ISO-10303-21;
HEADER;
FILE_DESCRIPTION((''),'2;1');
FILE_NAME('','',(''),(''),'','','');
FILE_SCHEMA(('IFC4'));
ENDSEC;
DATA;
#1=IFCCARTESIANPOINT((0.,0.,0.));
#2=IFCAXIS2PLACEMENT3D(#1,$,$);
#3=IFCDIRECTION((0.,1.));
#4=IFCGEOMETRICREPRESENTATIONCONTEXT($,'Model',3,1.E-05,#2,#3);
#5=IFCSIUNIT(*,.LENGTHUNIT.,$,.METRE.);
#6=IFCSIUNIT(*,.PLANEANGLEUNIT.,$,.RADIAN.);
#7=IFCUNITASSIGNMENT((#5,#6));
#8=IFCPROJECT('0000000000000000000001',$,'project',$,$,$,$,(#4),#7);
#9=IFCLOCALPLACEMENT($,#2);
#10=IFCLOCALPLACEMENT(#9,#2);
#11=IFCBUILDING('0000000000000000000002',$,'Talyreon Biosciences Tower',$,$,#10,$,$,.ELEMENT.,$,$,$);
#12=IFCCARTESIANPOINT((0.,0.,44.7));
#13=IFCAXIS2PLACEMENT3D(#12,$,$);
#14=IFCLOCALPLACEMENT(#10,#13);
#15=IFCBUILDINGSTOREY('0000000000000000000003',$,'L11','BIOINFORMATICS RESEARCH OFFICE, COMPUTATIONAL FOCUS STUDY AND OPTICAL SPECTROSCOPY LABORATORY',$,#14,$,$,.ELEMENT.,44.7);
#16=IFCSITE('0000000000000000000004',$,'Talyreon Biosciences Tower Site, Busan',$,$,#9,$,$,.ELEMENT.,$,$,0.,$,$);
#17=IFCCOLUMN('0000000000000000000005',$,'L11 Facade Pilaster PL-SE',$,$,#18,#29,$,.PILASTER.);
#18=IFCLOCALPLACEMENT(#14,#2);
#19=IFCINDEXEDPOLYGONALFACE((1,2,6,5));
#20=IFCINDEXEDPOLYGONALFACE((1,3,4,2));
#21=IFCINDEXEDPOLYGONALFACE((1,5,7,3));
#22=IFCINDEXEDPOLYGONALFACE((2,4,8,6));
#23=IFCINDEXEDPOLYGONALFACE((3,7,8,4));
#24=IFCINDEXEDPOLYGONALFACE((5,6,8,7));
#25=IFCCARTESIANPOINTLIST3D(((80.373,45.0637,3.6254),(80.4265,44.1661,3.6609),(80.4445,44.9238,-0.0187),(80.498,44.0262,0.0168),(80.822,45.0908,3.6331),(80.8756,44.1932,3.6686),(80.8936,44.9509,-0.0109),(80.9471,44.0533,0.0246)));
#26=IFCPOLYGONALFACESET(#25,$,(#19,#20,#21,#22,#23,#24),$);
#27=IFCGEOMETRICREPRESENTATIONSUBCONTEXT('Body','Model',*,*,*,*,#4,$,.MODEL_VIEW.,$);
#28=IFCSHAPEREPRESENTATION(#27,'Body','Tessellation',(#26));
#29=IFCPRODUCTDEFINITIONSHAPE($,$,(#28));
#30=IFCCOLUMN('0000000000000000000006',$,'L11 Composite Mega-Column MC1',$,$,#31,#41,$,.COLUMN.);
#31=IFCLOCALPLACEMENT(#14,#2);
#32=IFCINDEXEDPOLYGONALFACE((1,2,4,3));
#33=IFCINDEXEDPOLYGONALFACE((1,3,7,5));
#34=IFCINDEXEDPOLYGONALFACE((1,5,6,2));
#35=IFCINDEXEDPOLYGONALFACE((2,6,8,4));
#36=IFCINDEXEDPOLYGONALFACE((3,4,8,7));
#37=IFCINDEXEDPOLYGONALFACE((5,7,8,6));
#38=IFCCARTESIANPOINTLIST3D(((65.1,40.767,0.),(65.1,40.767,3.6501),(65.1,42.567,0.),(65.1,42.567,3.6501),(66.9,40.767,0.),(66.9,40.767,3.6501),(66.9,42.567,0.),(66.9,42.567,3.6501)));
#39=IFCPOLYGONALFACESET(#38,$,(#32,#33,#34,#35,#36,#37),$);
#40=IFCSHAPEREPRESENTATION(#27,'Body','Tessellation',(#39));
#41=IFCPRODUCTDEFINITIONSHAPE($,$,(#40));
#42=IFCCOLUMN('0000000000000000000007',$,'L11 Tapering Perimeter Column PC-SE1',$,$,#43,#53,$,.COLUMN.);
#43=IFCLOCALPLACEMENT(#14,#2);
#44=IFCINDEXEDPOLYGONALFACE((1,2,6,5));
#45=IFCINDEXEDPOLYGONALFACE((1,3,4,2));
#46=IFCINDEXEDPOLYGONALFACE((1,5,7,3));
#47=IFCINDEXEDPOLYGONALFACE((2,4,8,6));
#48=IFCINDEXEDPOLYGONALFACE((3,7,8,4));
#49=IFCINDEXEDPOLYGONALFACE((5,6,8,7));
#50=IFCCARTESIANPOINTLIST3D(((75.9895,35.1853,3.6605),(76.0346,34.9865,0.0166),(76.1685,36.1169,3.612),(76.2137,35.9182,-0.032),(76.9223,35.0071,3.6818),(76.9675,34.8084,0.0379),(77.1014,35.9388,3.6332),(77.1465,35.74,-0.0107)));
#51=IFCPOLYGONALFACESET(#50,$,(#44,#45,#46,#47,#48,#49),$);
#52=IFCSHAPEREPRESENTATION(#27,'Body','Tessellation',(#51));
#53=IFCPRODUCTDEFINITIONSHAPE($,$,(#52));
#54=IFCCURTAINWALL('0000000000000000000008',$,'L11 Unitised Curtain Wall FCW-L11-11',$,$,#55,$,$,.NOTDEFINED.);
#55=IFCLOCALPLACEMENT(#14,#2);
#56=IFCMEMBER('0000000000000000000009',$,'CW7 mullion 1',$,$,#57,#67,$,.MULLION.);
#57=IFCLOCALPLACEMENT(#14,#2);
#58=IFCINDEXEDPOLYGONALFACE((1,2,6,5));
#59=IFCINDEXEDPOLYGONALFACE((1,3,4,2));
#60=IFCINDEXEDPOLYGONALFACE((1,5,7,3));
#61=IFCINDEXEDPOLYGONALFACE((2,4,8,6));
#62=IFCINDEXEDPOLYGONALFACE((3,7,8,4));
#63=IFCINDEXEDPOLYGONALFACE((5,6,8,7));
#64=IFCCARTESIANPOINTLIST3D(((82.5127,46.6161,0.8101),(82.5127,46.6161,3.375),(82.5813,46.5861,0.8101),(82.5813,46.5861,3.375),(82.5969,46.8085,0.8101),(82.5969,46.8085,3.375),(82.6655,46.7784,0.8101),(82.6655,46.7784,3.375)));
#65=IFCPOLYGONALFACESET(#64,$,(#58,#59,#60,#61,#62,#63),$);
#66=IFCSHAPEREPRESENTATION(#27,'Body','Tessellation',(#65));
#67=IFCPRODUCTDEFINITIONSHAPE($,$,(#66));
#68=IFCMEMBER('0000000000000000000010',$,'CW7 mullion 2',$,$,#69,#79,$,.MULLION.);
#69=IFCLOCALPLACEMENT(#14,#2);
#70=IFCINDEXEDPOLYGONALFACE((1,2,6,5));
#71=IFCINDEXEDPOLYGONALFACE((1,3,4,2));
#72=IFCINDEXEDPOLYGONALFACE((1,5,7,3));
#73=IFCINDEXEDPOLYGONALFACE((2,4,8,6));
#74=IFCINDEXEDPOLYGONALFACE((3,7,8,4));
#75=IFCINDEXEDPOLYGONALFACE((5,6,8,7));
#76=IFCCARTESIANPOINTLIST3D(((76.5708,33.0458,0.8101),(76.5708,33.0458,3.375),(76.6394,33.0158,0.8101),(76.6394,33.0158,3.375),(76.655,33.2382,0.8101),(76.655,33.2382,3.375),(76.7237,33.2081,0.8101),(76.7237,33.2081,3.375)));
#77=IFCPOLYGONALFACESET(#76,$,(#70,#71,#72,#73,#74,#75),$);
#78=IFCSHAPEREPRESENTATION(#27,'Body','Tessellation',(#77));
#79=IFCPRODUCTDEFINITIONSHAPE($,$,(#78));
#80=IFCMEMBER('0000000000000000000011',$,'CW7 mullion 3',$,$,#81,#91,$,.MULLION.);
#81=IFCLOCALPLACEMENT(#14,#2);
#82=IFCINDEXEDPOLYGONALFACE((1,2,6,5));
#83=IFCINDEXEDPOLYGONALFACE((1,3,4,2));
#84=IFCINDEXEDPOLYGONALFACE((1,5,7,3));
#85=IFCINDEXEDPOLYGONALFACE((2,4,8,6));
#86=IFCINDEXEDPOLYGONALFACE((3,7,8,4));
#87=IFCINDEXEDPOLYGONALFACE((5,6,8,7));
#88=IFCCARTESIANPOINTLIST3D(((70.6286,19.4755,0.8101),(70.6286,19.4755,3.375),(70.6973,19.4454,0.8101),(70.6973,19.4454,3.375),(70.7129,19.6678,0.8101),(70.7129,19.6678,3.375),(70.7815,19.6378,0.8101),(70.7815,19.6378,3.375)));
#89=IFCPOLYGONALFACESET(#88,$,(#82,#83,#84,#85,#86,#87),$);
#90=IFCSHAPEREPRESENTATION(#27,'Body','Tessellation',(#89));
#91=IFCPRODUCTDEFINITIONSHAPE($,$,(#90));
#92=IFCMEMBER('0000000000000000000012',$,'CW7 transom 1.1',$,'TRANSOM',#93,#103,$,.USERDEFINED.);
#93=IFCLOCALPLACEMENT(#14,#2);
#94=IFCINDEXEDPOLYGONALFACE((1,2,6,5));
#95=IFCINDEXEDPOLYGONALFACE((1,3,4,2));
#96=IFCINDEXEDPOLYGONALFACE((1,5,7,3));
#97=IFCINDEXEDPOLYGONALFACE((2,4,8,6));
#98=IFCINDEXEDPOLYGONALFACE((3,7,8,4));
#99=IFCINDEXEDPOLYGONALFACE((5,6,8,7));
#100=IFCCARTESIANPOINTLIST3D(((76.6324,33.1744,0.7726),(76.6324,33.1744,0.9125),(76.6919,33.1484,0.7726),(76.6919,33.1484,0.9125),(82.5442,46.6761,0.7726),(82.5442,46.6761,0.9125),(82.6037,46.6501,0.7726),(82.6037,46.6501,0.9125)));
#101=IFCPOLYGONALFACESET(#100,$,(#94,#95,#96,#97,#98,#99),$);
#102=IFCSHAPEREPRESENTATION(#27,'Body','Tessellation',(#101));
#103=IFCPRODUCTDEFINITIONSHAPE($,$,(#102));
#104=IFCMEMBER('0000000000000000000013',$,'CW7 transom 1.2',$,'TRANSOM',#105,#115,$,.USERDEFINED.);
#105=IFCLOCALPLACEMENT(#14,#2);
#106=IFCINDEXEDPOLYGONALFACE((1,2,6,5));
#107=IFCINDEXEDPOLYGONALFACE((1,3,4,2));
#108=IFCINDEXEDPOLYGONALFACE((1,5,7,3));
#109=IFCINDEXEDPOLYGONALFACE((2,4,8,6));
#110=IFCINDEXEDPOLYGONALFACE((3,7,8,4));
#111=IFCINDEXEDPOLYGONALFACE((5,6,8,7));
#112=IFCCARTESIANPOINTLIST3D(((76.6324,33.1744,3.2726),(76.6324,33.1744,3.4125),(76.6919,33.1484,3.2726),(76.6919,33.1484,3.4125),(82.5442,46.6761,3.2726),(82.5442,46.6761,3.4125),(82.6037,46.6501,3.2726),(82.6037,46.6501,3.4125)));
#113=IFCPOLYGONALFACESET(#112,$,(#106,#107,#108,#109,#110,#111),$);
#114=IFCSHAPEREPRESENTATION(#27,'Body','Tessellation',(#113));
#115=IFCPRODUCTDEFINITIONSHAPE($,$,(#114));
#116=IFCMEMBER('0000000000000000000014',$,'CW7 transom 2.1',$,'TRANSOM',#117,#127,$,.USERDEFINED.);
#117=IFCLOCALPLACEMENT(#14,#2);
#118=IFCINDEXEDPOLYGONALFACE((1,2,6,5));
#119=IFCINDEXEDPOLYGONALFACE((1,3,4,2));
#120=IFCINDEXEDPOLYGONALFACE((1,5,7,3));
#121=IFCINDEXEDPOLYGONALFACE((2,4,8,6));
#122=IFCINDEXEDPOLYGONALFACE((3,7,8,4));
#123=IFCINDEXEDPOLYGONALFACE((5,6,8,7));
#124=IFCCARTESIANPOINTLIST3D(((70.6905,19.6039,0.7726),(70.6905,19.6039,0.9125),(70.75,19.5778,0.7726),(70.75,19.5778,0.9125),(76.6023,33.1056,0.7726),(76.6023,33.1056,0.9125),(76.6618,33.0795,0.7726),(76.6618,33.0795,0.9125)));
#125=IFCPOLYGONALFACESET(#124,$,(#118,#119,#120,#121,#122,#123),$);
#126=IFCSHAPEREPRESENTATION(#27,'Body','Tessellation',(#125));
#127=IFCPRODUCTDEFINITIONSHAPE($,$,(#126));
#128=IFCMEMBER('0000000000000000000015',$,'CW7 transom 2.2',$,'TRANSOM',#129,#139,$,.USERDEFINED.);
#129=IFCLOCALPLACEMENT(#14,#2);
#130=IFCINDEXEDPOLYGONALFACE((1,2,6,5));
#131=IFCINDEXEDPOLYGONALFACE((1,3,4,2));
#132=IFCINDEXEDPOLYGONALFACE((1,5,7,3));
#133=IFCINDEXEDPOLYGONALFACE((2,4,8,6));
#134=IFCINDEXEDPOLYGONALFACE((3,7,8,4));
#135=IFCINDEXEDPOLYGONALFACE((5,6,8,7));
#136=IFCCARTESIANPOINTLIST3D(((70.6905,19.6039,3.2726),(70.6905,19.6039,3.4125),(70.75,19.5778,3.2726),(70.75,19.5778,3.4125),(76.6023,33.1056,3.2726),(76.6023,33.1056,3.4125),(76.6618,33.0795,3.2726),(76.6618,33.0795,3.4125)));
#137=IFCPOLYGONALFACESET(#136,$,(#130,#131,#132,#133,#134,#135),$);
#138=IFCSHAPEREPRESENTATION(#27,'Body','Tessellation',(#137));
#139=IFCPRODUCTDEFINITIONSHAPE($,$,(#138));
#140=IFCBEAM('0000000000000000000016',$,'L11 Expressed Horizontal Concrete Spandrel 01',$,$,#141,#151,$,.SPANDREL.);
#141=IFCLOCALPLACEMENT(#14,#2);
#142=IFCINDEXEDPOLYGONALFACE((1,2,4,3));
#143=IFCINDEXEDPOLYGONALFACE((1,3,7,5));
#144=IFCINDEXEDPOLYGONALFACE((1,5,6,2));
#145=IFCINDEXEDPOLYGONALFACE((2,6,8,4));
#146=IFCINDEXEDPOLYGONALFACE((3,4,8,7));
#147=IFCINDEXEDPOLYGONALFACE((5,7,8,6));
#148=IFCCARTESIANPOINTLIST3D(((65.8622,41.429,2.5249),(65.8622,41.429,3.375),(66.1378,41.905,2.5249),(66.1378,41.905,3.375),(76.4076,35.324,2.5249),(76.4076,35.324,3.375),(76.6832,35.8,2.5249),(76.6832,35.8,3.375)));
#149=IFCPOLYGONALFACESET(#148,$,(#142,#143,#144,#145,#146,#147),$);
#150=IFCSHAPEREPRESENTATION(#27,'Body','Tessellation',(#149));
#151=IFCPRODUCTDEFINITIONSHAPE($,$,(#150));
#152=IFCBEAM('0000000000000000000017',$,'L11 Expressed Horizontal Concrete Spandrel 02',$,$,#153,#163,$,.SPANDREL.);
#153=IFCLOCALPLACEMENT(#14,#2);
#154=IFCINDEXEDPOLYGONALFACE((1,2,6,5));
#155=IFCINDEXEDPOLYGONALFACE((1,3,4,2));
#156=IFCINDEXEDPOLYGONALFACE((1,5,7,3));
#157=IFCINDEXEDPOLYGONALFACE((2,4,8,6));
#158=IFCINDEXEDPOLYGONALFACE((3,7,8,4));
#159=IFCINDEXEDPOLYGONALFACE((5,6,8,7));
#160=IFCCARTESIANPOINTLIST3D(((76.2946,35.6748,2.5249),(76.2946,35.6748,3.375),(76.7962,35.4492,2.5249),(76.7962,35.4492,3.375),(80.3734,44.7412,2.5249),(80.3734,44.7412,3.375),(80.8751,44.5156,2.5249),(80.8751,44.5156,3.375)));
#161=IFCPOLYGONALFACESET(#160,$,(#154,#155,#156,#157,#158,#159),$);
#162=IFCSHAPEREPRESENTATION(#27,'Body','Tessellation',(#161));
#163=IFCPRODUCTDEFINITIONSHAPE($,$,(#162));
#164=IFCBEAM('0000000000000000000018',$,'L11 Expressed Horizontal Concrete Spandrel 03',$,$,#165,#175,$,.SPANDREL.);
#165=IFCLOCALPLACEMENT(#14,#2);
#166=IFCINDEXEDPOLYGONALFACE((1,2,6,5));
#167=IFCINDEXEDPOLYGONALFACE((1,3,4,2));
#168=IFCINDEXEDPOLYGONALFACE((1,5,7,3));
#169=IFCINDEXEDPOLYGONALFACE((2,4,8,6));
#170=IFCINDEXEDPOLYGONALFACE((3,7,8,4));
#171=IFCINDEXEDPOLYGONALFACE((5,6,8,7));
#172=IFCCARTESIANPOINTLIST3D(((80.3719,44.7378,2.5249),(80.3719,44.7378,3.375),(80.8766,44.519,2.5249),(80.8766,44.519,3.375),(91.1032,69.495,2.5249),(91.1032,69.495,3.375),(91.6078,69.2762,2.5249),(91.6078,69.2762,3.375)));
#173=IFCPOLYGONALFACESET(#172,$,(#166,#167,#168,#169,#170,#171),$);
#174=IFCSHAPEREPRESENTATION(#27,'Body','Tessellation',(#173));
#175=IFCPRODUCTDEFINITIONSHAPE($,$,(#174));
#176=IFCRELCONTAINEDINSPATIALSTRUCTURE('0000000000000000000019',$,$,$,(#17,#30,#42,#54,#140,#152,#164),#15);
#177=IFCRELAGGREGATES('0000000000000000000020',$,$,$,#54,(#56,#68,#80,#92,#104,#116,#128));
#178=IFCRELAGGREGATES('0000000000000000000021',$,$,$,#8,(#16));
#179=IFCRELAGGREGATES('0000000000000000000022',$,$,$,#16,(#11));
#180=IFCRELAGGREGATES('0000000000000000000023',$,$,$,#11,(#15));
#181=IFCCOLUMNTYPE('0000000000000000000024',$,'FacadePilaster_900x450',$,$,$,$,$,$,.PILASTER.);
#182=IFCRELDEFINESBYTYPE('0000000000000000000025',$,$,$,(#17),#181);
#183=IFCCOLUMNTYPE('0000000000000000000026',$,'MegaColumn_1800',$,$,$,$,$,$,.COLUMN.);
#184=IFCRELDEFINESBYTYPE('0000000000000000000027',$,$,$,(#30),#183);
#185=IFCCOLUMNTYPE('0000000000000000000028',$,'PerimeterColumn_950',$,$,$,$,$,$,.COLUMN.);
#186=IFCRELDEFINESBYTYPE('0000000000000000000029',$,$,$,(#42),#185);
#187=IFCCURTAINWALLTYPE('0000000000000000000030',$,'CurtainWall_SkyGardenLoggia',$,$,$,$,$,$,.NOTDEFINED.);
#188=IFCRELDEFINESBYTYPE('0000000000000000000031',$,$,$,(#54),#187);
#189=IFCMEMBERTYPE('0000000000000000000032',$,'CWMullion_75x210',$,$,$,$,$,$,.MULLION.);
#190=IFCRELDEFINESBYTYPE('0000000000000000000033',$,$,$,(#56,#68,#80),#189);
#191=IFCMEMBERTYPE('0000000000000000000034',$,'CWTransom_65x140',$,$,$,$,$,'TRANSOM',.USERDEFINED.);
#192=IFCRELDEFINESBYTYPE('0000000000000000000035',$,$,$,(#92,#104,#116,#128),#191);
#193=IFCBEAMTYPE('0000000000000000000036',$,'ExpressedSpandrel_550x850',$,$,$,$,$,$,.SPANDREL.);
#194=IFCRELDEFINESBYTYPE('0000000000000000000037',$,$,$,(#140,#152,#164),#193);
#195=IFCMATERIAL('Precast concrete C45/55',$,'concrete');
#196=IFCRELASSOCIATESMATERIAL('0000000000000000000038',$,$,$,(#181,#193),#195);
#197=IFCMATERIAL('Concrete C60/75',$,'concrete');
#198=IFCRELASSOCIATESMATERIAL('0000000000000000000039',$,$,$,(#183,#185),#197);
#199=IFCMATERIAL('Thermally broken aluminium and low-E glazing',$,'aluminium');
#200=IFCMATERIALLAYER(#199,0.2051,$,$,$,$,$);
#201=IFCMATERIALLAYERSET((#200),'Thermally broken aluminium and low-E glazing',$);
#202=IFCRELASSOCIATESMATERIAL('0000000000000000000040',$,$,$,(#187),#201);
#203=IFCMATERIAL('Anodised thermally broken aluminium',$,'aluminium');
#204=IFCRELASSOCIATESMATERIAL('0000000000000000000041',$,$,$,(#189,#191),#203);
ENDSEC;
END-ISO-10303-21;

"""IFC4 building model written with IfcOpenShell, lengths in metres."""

from ifc_helpers import new_model, si_unit, direction, frame, origin, origin_2d, place, context, subcontext, project, spatial, rectangle, extrude, material, layer, layer_set, material_profile, profile_set, type_object, element, aggregate, save


model = new_model("IFC4")

# Units and contexts
model_context = context("Model", 3, precision=1e-05, world=origin(), true_north=direction((0.0, 1.0)))
body_context = subcontext(model_context, "Body", "Model", "MODEL_VIEW")
ifc_project = project(units=[si_unit("LENGTHUNIT", "METRE"), si_unit("PLANEANGLEUNIT", "RADIAN")], contexts=[model_context])

# Site, building, storey
site_placement = place(None, origin())
site = spatial("IfcSite", under=ifc_project, at=site_placement, Name="Talyreon Biosciences Tower Site, Busan", CompositionType="ELEMENT", RefElevation=0.0)
building_placement = place(site_placement, origin())
building = spatial("IfcBuilding", under=site, at=building_placement, Name="Talyreon Biosciences Tower", CompositionType="ELEMENT")
storey_placement = place(building_placement, frame((0.0, 0.0, 44.7)))
storey = spatial("IfcBuildingStorey", under=building, at=storey_placement, Name="L11", Description="BIOINFORMATICS RESEARCH OFFICE, COMPUTATIONAL FOCUS STUDY AND OPTICAL SPECTROSCOPY LABORATORY", CompositionType="ELEMENT", Elevation=44.7)

# Columns
ifc_material_1 = material(Name="Precast concrete C45/55", Category="concrete")
ifc_material_profile_1 = material_profile(ifc_material_1, rectangle(XDim=0.8999, YDim=0.45, at=origin_2d()), Name="RC 900x450")
ifc_profile_set_1 = profile_set([ifc_material_profile_1], Name="Precast concrete C45/55")
column_type_1 = type_object("IfcColumnType", Name="FacadePilaster_900x450", PredefinedType="PILASTER", material=ifc_profile_set_1)
column_1_placement = place(storey_placement, frame((80.6958, 44.4885, 0.0029), z_axis=(-0.019612, 0.038354, 0.999072), x_axis=(0.059488, -0.997449, 0.039459)))
element("IfcColumn", 1, at=column_1_placement, inside=storey, type_object=column_type_1, Name="L11 Facade Pilaster PL-SE", PredefinedType="PILASTER", context=body_context, shape_type="SweptSolid", body=[
    extrude(rectangle(XDim=0.8999, YDim=0.45, at=origin_2d()), origin(), (0.0, 0.0, 1.0), 3.6475),
])
ifc_material_2 = material(Name="Concrete C60/75", Category="concrete")
ifc_material_profile_2 = material_profile(ifc_material_2, rectangle(XDim=1.8, YDim=1.8, at=origin_2d()), Name="RC 1800x1800")
ifc_profile_set_2 = profile_set([ifc_material_profile_2], Name="Concrete C60/75")
column_type_2 = type_object("IfcColumnType", Name="MegaColumn_1800", PredefinedType="COLUMN", material=ifc_profile_set_2)
column_2_placement = place(storey_placement, frame((66.0, 41.667, 0.0), z_axis=(0.0, 0.0, 1.0), x_axis=(1.0, 0.0, 0.0)))
element("IfcColumn", 2, at=column_2_placement, inside=storey, type_object=column_type_2, Name="L11 Composite Mega-Column MC1", PredefinedType="COLUMN", context=body_context, shape_type="SweptSolid", body=[
    extrude(rectangle(XDim=1.8, YDim=1.8, at=origin_2d()), origin(), (0.0, 0.0, 1.0), 3.6501),
])
ifc_material_profile_3 = material_profile(ifc_material_2, rectangle(XDim=0.95, YDim=0.95, at=origin_2d()), Name="RC 950x950")
ifc_profile_set_3 = profile_set([ifc_material_profile_3], Name="Concrete C60/75")
column_type_3 = type_object("IfcColumnType", Name="PerimeterColumn_950", PredefinedType="COLUMN", material=ifc_profile_set_3)
column_3_placement = place(storey_placement, frame((76.5906, 35.3633, 0.0029), z_axis=(-0.012375, 0.054451, 0.99844), x_axis=(-0.188482, -0.980744, 0.051149)))
element("IfcColumn", 3, at=column_3_placement, inside=storey, type_object=column_type_3, Name="L11 Tapering Perimeter Column PC-SE1", PredefinedType="COLUMN", context=body_context, shape_type="SweptSolid", body=[
    extrude(rectangle(XDim=0.95, YDim=0.95, at=origin_2d()), origin(), (0.0, 0.0, 1.0), 3.6497),
])

# Curtain wall, members
ifc_material_3 = material(Name="Thermally broken aluminium and low-E glazing", Category="aluminium")
ifc_layer_1 = layer(ifc_material_3, 0.2051)
ifc_layer_set_1 = layer_set([ifc_layer_1], Name="Thermally broken aluminium and low-E glazing")
curtain_wall_type = type_object("IfcCurtainWallType", Name="CurtainWall_SkyGardenLoggia", PredefinedType="NOTDEFINED", material=ifc_layer_set_1)
curtain_wall_placement = place(storey_placement, origin())
curtain_wall = element("IfcCurtainWall", 4, at=curtain_wall_placement, inside=storey, type_object=curtain_wall_type, Name="L11 Unitised Curtain Wall FCW-L11-11", PredefinedType="NOTDEFINED")
ifc_material_4 = material(Name="Anodised thermally broken aluminium", Category="aluminium")
ifc_material_profile_4 = material_profile(ifc_material_4, rectangle(XDim=0.075, YDim=0.21, at=origin_2d()), Name="ALUM MULLION 75x210")
ifc_profile_set_4 = profile_set([ifc_material_profile_4], Name="Anodised thermally broken aluminium")
member_type_1 = type_object("IfcMemberType", Name="CWMullion_75x210", PredefinedType="MULLION", material=ifc_profile_set_4)
member_1_placement = place(storey_placement, frame((82.5891, 46.6973, 0.8101), z_axis=(0.0, 0.0, 1.0), x_axis=(0.916036, -0.401097, 0.0)))
member_1 = element("IfcMember", 5, at=member_1_placement, type_object=member_type_1, Name="CW7 mullion 1", PredefinedType="MULLION", context=body_context, shape_type="SweptSolid", body=[
    extrude(rectangle(XDim=0.075, YDim=0.21, at=origin_2d()), origin(), (0.0, 0.0, 1.0), 2.5649),
])
member_2_placement = place(storey_placement, frame((76.6472, 33.127, 0.8101), z_axis=(0.0, 0.0, 1.0), x_axis=(0.916036, -0.401097, 0.0)))
member_2 = element("IfcMember", 6, at=member_2_placement, type_object=member_type_1, Name="CW7 mullion 2", PredefinedType="MULLION", context=body_context, shape_type="SweptSolid", body=[
    extrude(rectangle(XDim=0.075, YDim=0.21, at=origin_2d()), origin(), (0.0, 0.0, 1.0), 2.5649),
])
member_3_placement = place(storey_placement, frame((70.7051, 19.5566, 0.8101), z_axis=(0.0, 0.0, 1.0), x_axis=(0.916036, -0.401097, 0.0)))
member_3 = element("IfcMember", 7, at=member_3_placement, type_object=member_type_1, Name="CW7 mullion 3", PredefinedType="MULLION", context=body_context, shape_type="SweptSolid", body=[
    extrude(rectangle(XDim=0.075, YDim=0.21, at=origin_2d()), origin(), (0.0, 0.0, 1.0), 2.5649),
])
ifc_material_profile_5 = material_profile(ifc_material_4, rectangle(XDim=0.0649, YDim=0.1399, at=origin_2d()), Name="ALUM TRANSOM 65x140")
ifc_profile_set_5 = profile_set([ifc_material_profile_5], Name="Anodised thermally broken aluminium")
member_type_2 = type_object("IfcMemberType", Name="CWTransom_65x140", ElementType="TRANSOM", PredefinedType="USERDEFINED", material=ifc_profile_set_5)
member_4_placement = place(storey_placement, frame((82.574, 46.6631, 0.8425), z_axis=(-0.401096, -0.916036, 0.0), x_axis=(0.916036, -0.401096, 0.0)))
member_4 = element("IfcMember", 8, at=member_4_placement, type_object=member_type_2, Name="CW7 transom 1.1", ObjectType="TRANSOM", PredefinedType="USERDEFINED", context=body_context, shape_type="SweptSolid", body=[
    extrude(rectangle(XDim=0.0649, YDim=0.1399, at=origin_2d()), origin(), (0.0, 0.0, 1.0), 14.7393),
])
member_5_placement = place(storey_placement, frame((82.574, 46.6631, 3.3425), z_axis=(-0.401096, -0.916036, 0.0), x_axis=(0.916036, -0.401096, 0.0)))
member_5 = element("IfcMember", 9, at=member_5_placement, type_object=member_type_2, Name="CW7 transom 1.2", ObjectType="TRANSOM", PredefinedType="USERDEFINED", context=body_context, shape_type="SweptSolid", body=[
    extrude(rectangle(XDim=0.0649, YDim=0.1399, at=origin_2d()), origin(), (0.0, 0.0, 1.0), 14.7393),
])
member_6_placement = place(storey_placement, frame((76.6321, 33.0925, 0.8425), z_axis=(-0.401096, -0.916036, 0.0), x_axis=(0.916036, -0.401096, 0.0)))
member_6 = element("IfcMember", 10, at=member_6_placement, type_object=member_type_2, Name="CW7 transom 2.1", ObjectType="TRANSOM", PredefinedType="USERDEFINED", context=body_context, shape_type="SweptSolid", body=[
    extrude(rectangle(XDim=0.0649, YDim=0.1399, at=origin_2d()), origin(), (0.0, 0.0, 1.0), 14.7393),
])
member_7_placement = place(storey_placement, frame((76.6321, 33.0925, 3.3425), z_axis=(-0.401096, -0.916036, 0.0), x_axis=(0.916036, -0.401096, 0.0)))
member_7 = element("IfcMember", 11, at=member_7_placement, type_object=member_type_2, Name="CW7 transom 2.2", ObjectType="TRANSOM", PredefinedType="USERDEFINED", context=body_context, shape_type="SweptSolid", body=[
    extrude(rectangle(XDim=0.0649, YDim=0.1399, at=origin_2d()), origin(), (0.0, 0.0, 1.0), 14.7393),
])

# Beams
ifc_material_profile_6 = material_profile(ifc_material_1, rectangle(XDim=0.55, YDim=0.8501, at=origin_2d()), Name="RCB 550x850")
ifc_profile_set_6 = profile_set([ifc_material_profile_6], Name="Precast concrete C45/55")
beam_type_1 = type_object("IfcBeamType", Name="ExpressedSpandrel_550x850", PredefinedType="SPANDREL", material=ifc_profile_set_6)
beam_1_placement = place(storey_placement, frame((66.0, 41.667, 2.95), z_axis=(0.865435, -0.50102, 0.0), x_axis=(0.50102, 0.865435, 0.0)))
element("IfcBeam", 12, at=beam_1_placement, inside=storey, type_object=beam_type_1, Name="L11 Expressed Horizontal Concrete Spandrel 01", PredefinedType="SPANDREL", context=body_context, shape_type="SweptSolid", body=[
    extrude(rectangle(XDim=0.55, YDim=0.8501, at=origin_2d()), origin(), (0.0, 0.0, 1.0), 12.1851),
])
beam_2_placement = place(storey_placement, frame((76.5454, 35.562, 2.95), z_axis=(0.410279, 0.91196, 0.0), x_axis=(-0.91196, 0.410279, 0.0)))
element("IfcBeam", 13, at=beam_2_placement, inside=storey, type_object=beam_type_1, Name="L11 Expressed Horizontal Concrete Spandrel 02", PredefinedType="SPANDREL", context=body_context, shape_type="SweptSolid", body=[
    extrude(rectangle(XDim=0.55, YDim=0.8501, at=origin_2d()), origin(), (0.0, 0.0, 1.0), 9.9417),
])
beam_3_placement = place(storey_placement, frame((80.6243, 44.6284, 2.95), z_axis=(0.397705, 0.917513, 0.0), x_axis=(-0.917513, 0.397705, 0.0)))
element("IfcBeam", 14, at=beam_3_placement, inside=storey, type_object=beam_type_1, Name="L11 Expressed Horizontal Concrete Spandrel 03", PredefinedType="SPANDREL", context=body_context, shape_type="SweptSolid", body=[
    extrude(rectangle(XDim=0.55, YDim=0.8501, at=origin_2d()), origin(), (0.0, 0.0, 1.0), 26.9829),
])

aggregate(curtain_wall, [member_1, member_2, member_3, member_4, member_5, member_6, member_7])

save(model, "model.ifc")
